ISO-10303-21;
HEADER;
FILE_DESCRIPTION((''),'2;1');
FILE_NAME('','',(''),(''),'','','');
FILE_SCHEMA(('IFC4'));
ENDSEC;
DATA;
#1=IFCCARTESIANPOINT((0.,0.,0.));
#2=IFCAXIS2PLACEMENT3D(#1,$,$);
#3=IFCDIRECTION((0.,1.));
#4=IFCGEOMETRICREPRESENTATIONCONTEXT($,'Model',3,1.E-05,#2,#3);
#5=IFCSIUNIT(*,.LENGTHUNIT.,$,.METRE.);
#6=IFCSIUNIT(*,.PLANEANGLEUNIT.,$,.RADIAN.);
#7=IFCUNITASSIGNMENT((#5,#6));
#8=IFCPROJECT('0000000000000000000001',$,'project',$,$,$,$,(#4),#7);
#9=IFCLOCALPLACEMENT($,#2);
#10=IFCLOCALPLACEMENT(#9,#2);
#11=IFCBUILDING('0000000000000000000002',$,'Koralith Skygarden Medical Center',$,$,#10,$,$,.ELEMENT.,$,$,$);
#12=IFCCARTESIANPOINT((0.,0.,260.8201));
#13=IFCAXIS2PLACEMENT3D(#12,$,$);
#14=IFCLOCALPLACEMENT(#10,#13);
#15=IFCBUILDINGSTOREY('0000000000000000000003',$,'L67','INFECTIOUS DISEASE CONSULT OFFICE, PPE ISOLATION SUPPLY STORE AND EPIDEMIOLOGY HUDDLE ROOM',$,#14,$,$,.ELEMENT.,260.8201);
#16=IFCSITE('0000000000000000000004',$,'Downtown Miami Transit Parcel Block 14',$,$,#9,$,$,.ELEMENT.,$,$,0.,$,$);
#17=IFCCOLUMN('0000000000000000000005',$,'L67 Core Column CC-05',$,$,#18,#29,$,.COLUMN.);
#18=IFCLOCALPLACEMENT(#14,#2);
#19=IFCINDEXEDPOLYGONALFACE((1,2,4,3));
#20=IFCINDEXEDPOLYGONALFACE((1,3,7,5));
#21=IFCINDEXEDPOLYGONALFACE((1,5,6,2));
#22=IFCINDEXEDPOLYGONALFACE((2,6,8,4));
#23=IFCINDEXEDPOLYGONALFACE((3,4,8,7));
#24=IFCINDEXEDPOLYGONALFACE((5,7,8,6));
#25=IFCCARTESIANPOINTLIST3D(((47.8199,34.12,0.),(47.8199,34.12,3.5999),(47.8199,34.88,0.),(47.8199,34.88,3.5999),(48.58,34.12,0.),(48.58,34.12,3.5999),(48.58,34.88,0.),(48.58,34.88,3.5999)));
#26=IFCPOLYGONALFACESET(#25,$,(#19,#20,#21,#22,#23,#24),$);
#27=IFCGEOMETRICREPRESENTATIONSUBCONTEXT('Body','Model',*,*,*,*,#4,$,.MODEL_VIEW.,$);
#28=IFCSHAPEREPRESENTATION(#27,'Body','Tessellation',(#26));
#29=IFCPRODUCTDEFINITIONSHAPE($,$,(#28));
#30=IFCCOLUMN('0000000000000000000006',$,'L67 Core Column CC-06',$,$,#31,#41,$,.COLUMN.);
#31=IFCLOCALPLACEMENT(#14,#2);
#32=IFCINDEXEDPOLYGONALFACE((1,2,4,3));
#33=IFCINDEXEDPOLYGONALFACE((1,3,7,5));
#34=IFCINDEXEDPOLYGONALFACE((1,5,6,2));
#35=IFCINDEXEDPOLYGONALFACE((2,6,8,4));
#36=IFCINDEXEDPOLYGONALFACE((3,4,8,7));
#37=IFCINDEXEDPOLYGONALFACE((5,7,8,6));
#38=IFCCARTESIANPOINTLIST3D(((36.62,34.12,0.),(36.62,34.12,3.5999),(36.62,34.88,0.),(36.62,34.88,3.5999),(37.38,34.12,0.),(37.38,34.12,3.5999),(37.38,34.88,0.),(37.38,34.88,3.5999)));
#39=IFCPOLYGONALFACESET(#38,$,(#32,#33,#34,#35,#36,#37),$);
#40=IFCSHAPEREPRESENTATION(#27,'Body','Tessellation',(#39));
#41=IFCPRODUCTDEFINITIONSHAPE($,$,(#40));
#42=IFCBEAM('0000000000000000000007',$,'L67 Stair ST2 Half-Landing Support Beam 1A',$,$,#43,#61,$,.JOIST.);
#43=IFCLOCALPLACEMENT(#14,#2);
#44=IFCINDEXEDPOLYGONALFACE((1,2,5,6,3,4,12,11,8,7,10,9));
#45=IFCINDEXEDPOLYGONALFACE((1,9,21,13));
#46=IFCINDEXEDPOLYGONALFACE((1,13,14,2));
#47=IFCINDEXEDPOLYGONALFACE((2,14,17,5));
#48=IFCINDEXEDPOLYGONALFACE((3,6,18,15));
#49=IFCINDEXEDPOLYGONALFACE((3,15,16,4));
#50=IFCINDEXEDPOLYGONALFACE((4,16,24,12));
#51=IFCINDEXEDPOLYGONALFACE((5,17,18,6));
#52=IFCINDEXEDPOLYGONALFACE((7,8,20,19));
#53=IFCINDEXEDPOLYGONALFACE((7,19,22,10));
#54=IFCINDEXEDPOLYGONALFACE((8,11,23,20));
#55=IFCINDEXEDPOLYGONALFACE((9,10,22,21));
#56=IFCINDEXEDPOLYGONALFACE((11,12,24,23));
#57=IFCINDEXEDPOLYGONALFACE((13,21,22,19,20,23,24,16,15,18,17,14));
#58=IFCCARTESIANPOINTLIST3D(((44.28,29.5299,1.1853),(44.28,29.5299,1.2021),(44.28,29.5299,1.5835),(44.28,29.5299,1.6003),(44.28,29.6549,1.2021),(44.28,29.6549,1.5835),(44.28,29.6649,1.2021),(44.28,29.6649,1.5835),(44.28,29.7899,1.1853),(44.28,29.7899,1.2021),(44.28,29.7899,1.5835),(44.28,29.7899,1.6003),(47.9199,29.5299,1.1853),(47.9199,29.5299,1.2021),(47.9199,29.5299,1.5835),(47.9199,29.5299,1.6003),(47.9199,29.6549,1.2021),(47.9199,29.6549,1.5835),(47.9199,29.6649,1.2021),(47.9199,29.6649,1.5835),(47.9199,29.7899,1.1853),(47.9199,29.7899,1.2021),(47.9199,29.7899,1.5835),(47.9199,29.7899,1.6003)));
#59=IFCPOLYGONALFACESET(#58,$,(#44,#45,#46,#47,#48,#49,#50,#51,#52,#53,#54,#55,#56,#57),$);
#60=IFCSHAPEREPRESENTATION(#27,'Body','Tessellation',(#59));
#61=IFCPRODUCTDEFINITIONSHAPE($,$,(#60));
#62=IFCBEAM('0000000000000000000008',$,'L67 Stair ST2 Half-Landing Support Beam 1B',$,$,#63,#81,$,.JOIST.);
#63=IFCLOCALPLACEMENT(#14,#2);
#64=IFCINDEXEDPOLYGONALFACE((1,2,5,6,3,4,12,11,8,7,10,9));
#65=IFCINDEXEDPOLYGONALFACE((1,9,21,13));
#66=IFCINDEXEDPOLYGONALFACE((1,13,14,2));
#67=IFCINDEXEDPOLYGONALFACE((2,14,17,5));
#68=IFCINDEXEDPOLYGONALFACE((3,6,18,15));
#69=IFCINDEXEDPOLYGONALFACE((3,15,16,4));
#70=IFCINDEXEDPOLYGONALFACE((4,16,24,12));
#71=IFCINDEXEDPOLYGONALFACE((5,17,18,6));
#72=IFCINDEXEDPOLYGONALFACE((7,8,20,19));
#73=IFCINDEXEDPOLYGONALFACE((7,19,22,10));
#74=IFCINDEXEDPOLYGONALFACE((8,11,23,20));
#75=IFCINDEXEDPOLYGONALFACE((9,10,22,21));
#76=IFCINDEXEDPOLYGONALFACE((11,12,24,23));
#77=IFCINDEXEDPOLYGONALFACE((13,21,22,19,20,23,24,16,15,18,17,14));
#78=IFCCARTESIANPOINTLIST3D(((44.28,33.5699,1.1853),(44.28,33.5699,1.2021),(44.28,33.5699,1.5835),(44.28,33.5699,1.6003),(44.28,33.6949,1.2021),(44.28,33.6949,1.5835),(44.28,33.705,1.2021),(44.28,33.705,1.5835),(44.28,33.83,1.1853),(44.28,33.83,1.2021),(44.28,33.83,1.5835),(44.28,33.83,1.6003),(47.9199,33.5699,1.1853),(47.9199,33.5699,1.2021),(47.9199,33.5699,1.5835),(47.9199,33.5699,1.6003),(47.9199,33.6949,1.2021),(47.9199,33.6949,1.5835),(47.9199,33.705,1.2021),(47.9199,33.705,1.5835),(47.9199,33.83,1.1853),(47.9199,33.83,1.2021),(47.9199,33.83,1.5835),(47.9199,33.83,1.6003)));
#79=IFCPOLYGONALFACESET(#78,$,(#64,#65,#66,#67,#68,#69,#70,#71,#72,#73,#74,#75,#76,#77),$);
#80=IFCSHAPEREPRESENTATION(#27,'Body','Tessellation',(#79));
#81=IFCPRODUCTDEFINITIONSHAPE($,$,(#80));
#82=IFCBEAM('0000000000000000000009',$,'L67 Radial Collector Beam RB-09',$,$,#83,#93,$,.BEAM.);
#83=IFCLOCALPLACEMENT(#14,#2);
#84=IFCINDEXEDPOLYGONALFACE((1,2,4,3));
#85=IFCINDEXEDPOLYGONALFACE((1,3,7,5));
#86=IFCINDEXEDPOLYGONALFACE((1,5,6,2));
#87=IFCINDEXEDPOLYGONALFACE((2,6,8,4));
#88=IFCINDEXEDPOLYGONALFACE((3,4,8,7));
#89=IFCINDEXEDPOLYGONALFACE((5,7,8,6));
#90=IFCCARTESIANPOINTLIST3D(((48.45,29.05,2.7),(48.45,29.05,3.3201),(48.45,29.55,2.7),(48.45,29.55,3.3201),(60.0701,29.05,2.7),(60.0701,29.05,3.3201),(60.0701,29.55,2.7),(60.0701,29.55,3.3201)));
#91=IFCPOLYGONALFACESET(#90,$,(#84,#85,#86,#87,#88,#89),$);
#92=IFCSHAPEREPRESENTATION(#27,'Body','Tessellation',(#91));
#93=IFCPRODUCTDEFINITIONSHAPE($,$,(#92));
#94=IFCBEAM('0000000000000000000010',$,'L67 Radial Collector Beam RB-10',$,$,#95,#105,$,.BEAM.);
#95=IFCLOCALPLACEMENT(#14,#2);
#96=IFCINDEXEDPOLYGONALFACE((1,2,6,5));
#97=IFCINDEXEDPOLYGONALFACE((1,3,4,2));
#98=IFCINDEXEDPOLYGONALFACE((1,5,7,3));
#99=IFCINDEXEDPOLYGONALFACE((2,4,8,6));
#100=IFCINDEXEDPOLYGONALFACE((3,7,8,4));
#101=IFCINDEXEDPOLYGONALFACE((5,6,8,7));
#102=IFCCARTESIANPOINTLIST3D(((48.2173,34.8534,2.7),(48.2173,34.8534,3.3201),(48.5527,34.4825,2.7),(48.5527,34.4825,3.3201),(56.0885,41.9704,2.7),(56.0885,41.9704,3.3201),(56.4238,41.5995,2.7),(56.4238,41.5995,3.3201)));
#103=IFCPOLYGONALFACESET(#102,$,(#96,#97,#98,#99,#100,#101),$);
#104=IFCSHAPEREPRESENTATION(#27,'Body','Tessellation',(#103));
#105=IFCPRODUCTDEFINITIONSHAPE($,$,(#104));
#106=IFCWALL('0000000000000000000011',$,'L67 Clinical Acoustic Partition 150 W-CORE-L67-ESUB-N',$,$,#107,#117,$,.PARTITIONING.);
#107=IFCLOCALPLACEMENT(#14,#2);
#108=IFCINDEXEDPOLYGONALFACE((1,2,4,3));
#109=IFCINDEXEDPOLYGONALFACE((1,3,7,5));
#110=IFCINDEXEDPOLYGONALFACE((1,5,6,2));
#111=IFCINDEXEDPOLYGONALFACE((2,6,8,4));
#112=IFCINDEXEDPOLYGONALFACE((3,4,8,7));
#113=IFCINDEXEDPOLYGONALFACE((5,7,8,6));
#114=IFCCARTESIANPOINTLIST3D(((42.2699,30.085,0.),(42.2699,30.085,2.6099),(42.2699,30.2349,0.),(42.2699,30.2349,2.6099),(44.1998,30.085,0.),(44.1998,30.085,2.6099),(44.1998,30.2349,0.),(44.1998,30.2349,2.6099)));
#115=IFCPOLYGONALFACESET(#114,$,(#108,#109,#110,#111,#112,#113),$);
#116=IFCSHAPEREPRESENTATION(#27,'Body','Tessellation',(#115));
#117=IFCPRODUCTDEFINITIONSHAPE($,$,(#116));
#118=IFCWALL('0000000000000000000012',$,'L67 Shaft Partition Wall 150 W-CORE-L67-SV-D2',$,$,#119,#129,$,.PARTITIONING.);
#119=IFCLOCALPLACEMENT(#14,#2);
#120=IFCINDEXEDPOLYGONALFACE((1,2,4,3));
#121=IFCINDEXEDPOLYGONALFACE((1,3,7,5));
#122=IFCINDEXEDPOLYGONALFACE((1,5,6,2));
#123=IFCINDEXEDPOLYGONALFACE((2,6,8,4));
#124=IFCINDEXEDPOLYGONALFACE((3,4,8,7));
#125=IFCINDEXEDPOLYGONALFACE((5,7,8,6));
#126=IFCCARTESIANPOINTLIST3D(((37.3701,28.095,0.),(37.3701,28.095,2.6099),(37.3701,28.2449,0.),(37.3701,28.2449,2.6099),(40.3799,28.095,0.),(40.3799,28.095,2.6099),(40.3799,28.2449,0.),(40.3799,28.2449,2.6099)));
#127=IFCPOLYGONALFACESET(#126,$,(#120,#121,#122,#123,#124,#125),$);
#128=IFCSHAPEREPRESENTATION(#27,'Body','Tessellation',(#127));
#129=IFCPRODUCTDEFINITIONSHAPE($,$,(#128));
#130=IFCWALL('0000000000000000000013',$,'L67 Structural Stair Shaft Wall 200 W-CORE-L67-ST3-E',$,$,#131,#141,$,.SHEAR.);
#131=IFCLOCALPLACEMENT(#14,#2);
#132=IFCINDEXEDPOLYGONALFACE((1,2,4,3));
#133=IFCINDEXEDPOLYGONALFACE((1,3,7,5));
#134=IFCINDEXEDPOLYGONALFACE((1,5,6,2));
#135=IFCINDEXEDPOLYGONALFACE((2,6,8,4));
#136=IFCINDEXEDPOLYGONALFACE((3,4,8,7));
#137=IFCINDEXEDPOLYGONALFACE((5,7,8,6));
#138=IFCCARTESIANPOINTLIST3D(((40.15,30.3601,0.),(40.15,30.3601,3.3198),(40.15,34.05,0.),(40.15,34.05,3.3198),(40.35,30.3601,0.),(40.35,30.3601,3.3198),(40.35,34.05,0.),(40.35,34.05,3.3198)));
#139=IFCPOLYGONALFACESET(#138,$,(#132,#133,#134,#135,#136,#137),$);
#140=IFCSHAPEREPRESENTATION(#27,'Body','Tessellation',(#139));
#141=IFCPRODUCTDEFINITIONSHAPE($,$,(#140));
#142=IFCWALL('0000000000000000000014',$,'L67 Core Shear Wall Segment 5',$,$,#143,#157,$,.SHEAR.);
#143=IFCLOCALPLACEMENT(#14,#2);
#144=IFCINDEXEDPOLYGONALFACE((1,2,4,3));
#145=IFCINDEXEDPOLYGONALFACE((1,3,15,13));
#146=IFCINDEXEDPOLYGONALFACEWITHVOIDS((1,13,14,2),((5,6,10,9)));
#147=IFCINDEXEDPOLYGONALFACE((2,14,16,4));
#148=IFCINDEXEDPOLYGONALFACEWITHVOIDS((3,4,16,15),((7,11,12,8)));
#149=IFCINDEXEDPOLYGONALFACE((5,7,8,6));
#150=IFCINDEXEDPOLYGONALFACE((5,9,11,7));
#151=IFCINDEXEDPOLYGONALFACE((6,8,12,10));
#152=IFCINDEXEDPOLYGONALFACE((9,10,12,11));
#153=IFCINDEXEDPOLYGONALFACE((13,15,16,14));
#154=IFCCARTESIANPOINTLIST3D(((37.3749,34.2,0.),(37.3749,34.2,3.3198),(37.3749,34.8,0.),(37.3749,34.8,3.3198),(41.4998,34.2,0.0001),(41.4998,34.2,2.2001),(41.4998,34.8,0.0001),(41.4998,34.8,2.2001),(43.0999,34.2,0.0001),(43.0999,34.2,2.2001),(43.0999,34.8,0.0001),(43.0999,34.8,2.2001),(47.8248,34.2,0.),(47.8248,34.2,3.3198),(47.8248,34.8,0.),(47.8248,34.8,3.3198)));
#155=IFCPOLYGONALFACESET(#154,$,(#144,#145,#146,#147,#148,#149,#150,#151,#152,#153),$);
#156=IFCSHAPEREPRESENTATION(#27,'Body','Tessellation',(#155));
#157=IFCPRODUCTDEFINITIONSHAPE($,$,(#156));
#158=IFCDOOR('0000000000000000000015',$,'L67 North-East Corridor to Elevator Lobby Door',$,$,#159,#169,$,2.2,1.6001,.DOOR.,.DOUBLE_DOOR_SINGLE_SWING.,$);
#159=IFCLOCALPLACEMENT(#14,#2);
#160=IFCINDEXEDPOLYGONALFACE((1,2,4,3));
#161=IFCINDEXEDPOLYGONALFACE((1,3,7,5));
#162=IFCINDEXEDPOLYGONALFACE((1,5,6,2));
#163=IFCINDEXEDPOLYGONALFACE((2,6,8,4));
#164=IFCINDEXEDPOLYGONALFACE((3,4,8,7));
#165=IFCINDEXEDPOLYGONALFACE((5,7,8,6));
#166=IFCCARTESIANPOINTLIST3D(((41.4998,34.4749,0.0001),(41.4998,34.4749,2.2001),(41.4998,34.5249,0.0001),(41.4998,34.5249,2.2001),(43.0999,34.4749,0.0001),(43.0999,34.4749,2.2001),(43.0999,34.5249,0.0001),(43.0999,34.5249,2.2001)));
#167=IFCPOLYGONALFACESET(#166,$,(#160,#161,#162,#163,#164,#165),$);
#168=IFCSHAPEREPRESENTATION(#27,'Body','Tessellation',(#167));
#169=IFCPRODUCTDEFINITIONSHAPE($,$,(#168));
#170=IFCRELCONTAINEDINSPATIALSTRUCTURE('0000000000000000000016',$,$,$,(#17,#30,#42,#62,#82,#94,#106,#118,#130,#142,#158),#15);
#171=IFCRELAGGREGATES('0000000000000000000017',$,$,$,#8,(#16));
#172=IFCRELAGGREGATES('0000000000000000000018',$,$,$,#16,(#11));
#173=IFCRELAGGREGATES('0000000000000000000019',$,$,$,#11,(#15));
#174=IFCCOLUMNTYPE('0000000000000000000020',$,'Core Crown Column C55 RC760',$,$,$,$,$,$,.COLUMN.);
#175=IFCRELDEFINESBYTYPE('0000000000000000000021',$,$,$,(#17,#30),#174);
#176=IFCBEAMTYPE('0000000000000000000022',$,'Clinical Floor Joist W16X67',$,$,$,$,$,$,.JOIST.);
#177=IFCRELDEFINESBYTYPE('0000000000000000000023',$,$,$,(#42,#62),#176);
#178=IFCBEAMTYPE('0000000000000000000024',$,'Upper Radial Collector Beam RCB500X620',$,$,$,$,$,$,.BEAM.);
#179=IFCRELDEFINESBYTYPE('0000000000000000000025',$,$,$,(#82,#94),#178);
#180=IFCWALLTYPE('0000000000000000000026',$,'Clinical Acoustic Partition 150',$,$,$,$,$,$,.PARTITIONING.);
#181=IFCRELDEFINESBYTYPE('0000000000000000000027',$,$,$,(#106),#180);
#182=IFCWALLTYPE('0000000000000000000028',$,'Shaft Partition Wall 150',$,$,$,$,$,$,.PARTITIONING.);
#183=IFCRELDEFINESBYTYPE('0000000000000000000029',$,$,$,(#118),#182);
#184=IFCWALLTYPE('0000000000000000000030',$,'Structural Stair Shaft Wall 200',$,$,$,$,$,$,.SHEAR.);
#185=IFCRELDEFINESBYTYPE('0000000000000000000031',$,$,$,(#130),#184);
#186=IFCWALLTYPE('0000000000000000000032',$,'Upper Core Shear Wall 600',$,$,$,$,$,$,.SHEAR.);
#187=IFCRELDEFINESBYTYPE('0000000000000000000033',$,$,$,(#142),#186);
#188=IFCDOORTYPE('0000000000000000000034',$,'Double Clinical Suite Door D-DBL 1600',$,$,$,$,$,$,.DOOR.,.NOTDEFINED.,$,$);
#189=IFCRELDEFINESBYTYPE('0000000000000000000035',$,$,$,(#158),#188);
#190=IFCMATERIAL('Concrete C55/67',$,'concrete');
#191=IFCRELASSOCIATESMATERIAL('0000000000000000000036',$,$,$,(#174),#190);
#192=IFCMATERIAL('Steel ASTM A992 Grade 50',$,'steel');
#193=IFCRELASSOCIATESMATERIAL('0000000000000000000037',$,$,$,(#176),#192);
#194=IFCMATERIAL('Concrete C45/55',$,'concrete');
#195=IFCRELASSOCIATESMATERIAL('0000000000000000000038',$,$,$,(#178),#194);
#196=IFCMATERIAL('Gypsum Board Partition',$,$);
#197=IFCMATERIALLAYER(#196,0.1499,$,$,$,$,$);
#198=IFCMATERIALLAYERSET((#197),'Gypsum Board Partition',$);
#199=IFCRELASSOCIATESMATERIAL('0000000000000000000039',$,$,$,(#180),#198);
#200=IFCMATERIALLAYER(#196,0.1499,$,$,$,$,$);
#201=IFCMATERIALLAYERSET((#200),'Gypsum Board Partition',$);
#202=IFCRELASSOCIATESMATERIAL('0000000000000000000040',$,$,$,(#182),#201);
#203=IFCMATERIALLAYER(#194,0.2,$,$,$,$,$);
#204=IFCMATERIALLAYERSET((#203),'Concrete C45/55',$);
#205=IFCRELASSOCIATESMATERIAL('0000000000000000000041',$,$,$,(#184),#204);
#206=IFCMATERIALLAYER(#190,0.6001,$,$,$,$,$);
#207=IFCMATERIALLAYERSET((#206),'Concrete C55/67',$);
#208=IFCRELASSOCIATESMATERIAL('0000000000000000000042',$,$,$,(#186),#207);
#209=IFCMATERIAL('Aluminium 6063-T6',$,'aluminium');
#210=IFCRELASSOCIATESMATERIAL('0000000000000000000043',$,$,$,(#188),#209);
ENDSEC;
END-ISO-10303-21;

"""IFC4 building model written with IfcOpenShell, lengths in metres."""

from ifc_helpers import new_model, si_unit, direction, frame, frame_2d, origin, origin_2d, place, context, subcontext, project, spatial, rectangle, i_section, extrude, material, layer, layer_set, material_profile, profile_set, type_object, element, fill, save


model = new_model("IFC4")

# Units and contexts
model_context = context("Model", 3, precision=1e-05, world=origin(), true_north=direction((0.0, 1.0)))
body_context = subcontext(model_context, "Body", "Model", "MODEL_VIEW")
ifc_project = project(units=[si_unit("LENGTHUNIT", "METRE"), si_unit("PLANEANGLEUNIT", "RADIAN")], contexts=[model_context])

# Site, building, storey
site_placement = place(None, origin())
site = spatial("IfcSite", under=ifc_project, at=site_placement, Name="Downtown Miami Transit Parcel Block 14", CompositionType="ELEMENT", RefElevation=0.0)
building_placement = place(site_placement, origin())
building = spatial("IfcBuilding", under=site, at=building_placement, Name="Koralith Skygarden Medical Center", CompositionType="ELEMENT")
storey_placement = place(building_placement, frame((0.0, 0.0, 260.8201)))
storey = spatial("IfcBuildingStorey", under=building, at=storey_placement, Name="L67", Description="INFECTIOUS DISEASE CONSULT OFFICE, PPE ISOLATION SUPPLY STORE AND EPIDEMIOLOGY HUDDLE ROOM", CompositionType="ELEMENT", Elevation=260.8201)

# Columns
ifc_material_1 = material(Name="Concrete C55/67", Category="concrete")
ifc_material_profile_1 = material_profile(ifc_material_1, rectangle(XDim=0.76, YDim=0.76, at=origin_2d()), Name="RC760X760")
ifc_profile_set_1 = profile_set([ifc_material_profile_1], Name="Concrete C55/67")
column_type = type_object("IfcColumnType", Name="Core Crown Column C55 RC760", PredefinedType="COLUMN", material=ifc_profile_set_1)
for number, where, z_axis, x_axis, name in (
    (1, (48.2, 34.5, 0.0), (0.0, 0.0, 1.0), (1.0, 0.0, 0.0), "L67 Core Column CC-05"),
    (2, (37.0, 34.5, 0.0), (0.0, 0.0, 1.0), (1.0, 0.0, 0.0), "L67 Core Column CC-06"),
):
    element("IfcColumn", number, at=place(storey_placement, frame(where, z_axis=z_axis, x_axis=x_axis)), inside=storey, type_object=column_type, Name=name, PredefinedType="COLUMN", context=body_context, shape_type="SweptSolid", body=[
        extrude(rectangle(XDim=0.76, YDim=0.76, at=origin_2d()), origin(), (0.0, 0.0, 1.0), 3.5999),
    ])

# Beams
ifc_material_2 = material(Name="Steel ASTM A992 Grade 50", Category="steel")
ifc_material_profile_2 = material_profile(ifc_material_2, i_section(OverallWidth=0.26, OverallDepth=0.415, WebThickness=0.01, FlangeThickness=0.0168, at=origin_2d()), Name="W16X67")
ifc_profile_set_2 = profile_set([ifc_material_profile_2], Name="Steel ASTM A992 Grade 50")
beam_type_1 = type_object("IfcBeamType", Name="Clinical Floor Joist W16X67", PredefinedType="JOIST", material=ifc_profile_set_2)
for number, where, z_axis, x_axis, name in (
    (3, (44.28, 29.6599, 1.3928), (1.0, 0.0, 0.0), (0.0, 1.0, 0.0), "L67 Stair ST2 Half-Landing Support Beam 1A"),
    (4, (44.28, 33.7, 1.3928), (1.0, 0.0, 0.0), (0.0, 1.0, 0.0), "L67 Stair ST2 Half-Landing Support Beam 1B"),
):
    element("IfcBeam", number, at=place(storey_placement, frame(where, z_axis=z_axis, x_axis=x_axis)), inside=storey, type_object=beam_type_1, Name=name, PredefinedType="JOIST", context=body_context, shape_type="SweptSolid", body=[
        extrude(i_section(OverallWidth=0.26, OverallDepth=0.415, WebThickness=0.01, FlangeThickness=0.0168, at=origin_2d()), origin(), (0.0, 0.0, 1.0), 3.6399),
    ])
ifc_material_3 = material(Name="Concrete C45/55", Category="concrete")
ifc_material_profile_3 = material_profile(ifc_material_3, rectangle(XDim=0.5, YDim=0.6201, at=origin_2d()), Name="RCB500X620")
ifc_profile_set_3 = profile_set([ifc_material_profile_3], Name="Concrete C45/55")
beam_type_2 = type_object("IfcBeamType", Name="Upper Radial Collector Beam RCB500X620", PredefinedType="BEAM", material=ifc_profile_set_3)
beam_1_placement = place(storey_placement, frame((48.45, 29.3, 3.01), z_axis=(1.0, 0.0, 0.0), x_axis=(0.0, 1.0, 0.0)))
element("IfcBeam", 5, at=beam_1_placement, inside=storey, type_object=beam_type_2, Name="L67 Radial Collector Beam RB-09", PredefinedType="BEAM", context=body_context, shape_type="SweptSolid", body=[
    extrude(rectangle(XDim=0.5, YDim=0.6201, at=origin_2d()), origin(), (0.0, 0.0, 1.0), 11.6201),
])
beam_2_placement = place(storey_placement, frame((48.385, 34.668, 3.01), z_axis=(0.741748, 0.670679, 0.0), x_axis=(-0.670679, 0.741748, 0.0)))
element("IfcBeam", 6, at=beam_2_placement, inside=storey, type_object=beam_type_2, Name="L67 Radial Collector Beam RB-10", PredefinedType="BEAM", context=body_context, shape_type="SweptSolid", body=[
    extrude(rectangle(XDim=0.5, YDim=0.6201, at=origin_2d()), origin(), (0.0, 0.0, 1.0), 10.6116),
])

# Walls
ifc_material_4 = material(Name="Gypsum Board Partition")
ifc_layer_1 = layer(ifc_material_4, 0.1499)
ifc_layer_set_1 = layer_set([ifc_layer_1], Name="Gypsum Board Partition")
wall_type_1 = type_object("IfcWallType", Name="Clinical Acoustic Partition 150", PredefinedType="PARTITIONING", material=ifc_layer_set_1)
wall_1_placement = place(storey_placement, frame((42.27, 30.1599, 0.0), z_axis=(0.0, 0.0, 1.0), x_axis=(1.0, 0.0, 0.0)))
element("IfcWall", 7, at=wall_1_placement, inside=storey, type_object=wall_type_1, Name="L67 Clinical Acoustic Partition 150 W-CORE-L67-ESUB-N", PredefinedType="PARTITIONING", context=body_context, shape_type="SweptSolid", body=[
    extrude(rectangle(XDim=1.9299, YDim=0.1499, at=frame_2d((0.9648, 0.0))), origin(), (0.0, 0.0, 1.0), 2.6099),
])
ifc_layer_2 = layer(ifc_material_4, 0.1499)
ifc_layer_set_2 = layer_set([ifc_layer_2], Name="Gypsum Board Partition")
wall_type_2 = type_object("IfcWallType", Name="Shaft Partition Wall 150", PredefinedType="PARTITIONING", material=ifc_layer_set_2)
wall_2_placement = place(storey_placement, frame((37.3701, 28.1699, 0.0), z_axis=(0.0, 0.0, 1.0), x_axis=(1.0, 0.0, 0.0)))
element("IfcWall", 8, at=wall_2_placement, inside=storey, type_object=wall_type_2, Name="L67 Shaft Partition Wall 150 W-CORE-L67-SV-D2", PredefinedType="PARTITIONING", context=body_context, shape_type="SweptSolid", body=[
    extrude(rectangle(XDim=3.0098, YDim=0.1499, at=frame_2d((1.5049, 0.0))), origin(), (0.0, 0.0, 1.0), 2.6099),
])
ifc_layer_3 = layer(ifc_material_3, 0.2)
ifc_layer_set_3 = layer_set([ifc_layer_3], Name="Concrete C45/55")
wall_type_3 = type_object("IfcWallType", Name="Structural Stair Shaft Wall 200", PredefinedType="SHEAR", material=ifc_layer_set_3)
wall_3_placement = place(storey_placement, frame((40.25, 30.3601, 0.0), z_axis=(0.0, 0.0, 1.0), x_axis=(0.0, 1.0, 0.0)))
element("IfcWall", 9, at=wall_3_placement, inside=storey, type_object=wall_type_3, Name="L67 Structural Stair Shaft Wall 200 W-CORE-L67-ST3-E", PredefinedType="SHEAR", context=body_context, shape_type="SweptSolid", body=[
    extrude(rectangle(XDim=3.6899, YDim=0.2, at=frame_2d((1.845, 0.0))), origin(), (0.0, 0.0, 1.0), 3.3198),
])

# Wall, opening, door
ifc_layer_4 = layer(ifc_material_1, 0.6001)
ifc_layer_set_4 = layer_set([ifc_layer_4], Name="Concrete C55/67")
wall_type_4 = type_object("IfcWallType", Name="Upper Core Shear Wall 600", PredefinedType="SHEAR", material=ifc_layer_set_4)
wall_4_placement = place(storey_placement, frame((47.825, 34.5, 0.0), z_axis=(0.0, 0.0, 1.0), x_axis=(-1.0, 0.0, 0.0)))
wall_4 = element("IfcWall", 10, at=wall_4_placement, inside=storey, type_object=wall_type_4, Name="L67 Core Shear Wall Segment 5", PredefinedType="SHEAR", context=body_context, shape_type="SweptSolid", body=[
    extrude(rectangle(XDim=10.45, YDim=0.6001, at=frame_2d((5.2251, 0.0))), origin(), (0.0, 0.0, 1.0), 3.3198),
])
opening_placement = place(wall_4_placement, frame((4.7251, 0.0, 0.0)))
opening = element("IfcOpeningElement", 11, at=opening_placement, cuts=wall_4, PredefinedType="OPENING", context=body_context, shape_type="SweptSolid", body=[
    extrude(rectangle(XDim=1.6001, YDim=2.2, at=frame_2d((0.8, 1.1001))), frame((0.0, 0.3101, 0.0), z_axis=(0.0, -1.0, 0.0), x_axis=(1.0, 0.0, 0.0)), (0.0, 0.0, 1.0), 0.6201),
])
ifc_material_5 = material(Name="Aluminium 6063-T6", Category="aluminium")
door_type = type_object("IfcDoorType", Name="Double Clinical Suite Door D-DBL 1600", OperationType="NOTDEFINED", PredefinedType="DOOR", material=ifc_material_5)
door_placement = place(opening_placement, frame((1.6001, 0.0, 0.0), z_axis=(0.0, 0.0, 1.0), x_axis=(-1.0, 0.0, 0.0)))
door = element("IfcDoor", 12, at=door_placement, inside=storey, type_object=door_type, Name="L67 North-East Corridor to Elevator Lobby Door", OperationType="DOUBLE_DOOR_SINGLE_SWING", OverallHeight=2.2, OverallWidth=1.6001, PredefinedType="DOOR", context=body_context, shape_type="SweptSolid", body=[
    extrude(rectangle(XDim=1.6001, YDim=2.2, at=frame_2d((0.8, 1.1001))), frame((0.0, 0.0249, 0.0), z_axis=(0.0, -1.0, 0.0), x_axis=(1.0, 0.0, 0.0)), (0.0, 0.0, 1.0), 0.05),
])
fill(opening, door)

save(model, "model.ifc")
